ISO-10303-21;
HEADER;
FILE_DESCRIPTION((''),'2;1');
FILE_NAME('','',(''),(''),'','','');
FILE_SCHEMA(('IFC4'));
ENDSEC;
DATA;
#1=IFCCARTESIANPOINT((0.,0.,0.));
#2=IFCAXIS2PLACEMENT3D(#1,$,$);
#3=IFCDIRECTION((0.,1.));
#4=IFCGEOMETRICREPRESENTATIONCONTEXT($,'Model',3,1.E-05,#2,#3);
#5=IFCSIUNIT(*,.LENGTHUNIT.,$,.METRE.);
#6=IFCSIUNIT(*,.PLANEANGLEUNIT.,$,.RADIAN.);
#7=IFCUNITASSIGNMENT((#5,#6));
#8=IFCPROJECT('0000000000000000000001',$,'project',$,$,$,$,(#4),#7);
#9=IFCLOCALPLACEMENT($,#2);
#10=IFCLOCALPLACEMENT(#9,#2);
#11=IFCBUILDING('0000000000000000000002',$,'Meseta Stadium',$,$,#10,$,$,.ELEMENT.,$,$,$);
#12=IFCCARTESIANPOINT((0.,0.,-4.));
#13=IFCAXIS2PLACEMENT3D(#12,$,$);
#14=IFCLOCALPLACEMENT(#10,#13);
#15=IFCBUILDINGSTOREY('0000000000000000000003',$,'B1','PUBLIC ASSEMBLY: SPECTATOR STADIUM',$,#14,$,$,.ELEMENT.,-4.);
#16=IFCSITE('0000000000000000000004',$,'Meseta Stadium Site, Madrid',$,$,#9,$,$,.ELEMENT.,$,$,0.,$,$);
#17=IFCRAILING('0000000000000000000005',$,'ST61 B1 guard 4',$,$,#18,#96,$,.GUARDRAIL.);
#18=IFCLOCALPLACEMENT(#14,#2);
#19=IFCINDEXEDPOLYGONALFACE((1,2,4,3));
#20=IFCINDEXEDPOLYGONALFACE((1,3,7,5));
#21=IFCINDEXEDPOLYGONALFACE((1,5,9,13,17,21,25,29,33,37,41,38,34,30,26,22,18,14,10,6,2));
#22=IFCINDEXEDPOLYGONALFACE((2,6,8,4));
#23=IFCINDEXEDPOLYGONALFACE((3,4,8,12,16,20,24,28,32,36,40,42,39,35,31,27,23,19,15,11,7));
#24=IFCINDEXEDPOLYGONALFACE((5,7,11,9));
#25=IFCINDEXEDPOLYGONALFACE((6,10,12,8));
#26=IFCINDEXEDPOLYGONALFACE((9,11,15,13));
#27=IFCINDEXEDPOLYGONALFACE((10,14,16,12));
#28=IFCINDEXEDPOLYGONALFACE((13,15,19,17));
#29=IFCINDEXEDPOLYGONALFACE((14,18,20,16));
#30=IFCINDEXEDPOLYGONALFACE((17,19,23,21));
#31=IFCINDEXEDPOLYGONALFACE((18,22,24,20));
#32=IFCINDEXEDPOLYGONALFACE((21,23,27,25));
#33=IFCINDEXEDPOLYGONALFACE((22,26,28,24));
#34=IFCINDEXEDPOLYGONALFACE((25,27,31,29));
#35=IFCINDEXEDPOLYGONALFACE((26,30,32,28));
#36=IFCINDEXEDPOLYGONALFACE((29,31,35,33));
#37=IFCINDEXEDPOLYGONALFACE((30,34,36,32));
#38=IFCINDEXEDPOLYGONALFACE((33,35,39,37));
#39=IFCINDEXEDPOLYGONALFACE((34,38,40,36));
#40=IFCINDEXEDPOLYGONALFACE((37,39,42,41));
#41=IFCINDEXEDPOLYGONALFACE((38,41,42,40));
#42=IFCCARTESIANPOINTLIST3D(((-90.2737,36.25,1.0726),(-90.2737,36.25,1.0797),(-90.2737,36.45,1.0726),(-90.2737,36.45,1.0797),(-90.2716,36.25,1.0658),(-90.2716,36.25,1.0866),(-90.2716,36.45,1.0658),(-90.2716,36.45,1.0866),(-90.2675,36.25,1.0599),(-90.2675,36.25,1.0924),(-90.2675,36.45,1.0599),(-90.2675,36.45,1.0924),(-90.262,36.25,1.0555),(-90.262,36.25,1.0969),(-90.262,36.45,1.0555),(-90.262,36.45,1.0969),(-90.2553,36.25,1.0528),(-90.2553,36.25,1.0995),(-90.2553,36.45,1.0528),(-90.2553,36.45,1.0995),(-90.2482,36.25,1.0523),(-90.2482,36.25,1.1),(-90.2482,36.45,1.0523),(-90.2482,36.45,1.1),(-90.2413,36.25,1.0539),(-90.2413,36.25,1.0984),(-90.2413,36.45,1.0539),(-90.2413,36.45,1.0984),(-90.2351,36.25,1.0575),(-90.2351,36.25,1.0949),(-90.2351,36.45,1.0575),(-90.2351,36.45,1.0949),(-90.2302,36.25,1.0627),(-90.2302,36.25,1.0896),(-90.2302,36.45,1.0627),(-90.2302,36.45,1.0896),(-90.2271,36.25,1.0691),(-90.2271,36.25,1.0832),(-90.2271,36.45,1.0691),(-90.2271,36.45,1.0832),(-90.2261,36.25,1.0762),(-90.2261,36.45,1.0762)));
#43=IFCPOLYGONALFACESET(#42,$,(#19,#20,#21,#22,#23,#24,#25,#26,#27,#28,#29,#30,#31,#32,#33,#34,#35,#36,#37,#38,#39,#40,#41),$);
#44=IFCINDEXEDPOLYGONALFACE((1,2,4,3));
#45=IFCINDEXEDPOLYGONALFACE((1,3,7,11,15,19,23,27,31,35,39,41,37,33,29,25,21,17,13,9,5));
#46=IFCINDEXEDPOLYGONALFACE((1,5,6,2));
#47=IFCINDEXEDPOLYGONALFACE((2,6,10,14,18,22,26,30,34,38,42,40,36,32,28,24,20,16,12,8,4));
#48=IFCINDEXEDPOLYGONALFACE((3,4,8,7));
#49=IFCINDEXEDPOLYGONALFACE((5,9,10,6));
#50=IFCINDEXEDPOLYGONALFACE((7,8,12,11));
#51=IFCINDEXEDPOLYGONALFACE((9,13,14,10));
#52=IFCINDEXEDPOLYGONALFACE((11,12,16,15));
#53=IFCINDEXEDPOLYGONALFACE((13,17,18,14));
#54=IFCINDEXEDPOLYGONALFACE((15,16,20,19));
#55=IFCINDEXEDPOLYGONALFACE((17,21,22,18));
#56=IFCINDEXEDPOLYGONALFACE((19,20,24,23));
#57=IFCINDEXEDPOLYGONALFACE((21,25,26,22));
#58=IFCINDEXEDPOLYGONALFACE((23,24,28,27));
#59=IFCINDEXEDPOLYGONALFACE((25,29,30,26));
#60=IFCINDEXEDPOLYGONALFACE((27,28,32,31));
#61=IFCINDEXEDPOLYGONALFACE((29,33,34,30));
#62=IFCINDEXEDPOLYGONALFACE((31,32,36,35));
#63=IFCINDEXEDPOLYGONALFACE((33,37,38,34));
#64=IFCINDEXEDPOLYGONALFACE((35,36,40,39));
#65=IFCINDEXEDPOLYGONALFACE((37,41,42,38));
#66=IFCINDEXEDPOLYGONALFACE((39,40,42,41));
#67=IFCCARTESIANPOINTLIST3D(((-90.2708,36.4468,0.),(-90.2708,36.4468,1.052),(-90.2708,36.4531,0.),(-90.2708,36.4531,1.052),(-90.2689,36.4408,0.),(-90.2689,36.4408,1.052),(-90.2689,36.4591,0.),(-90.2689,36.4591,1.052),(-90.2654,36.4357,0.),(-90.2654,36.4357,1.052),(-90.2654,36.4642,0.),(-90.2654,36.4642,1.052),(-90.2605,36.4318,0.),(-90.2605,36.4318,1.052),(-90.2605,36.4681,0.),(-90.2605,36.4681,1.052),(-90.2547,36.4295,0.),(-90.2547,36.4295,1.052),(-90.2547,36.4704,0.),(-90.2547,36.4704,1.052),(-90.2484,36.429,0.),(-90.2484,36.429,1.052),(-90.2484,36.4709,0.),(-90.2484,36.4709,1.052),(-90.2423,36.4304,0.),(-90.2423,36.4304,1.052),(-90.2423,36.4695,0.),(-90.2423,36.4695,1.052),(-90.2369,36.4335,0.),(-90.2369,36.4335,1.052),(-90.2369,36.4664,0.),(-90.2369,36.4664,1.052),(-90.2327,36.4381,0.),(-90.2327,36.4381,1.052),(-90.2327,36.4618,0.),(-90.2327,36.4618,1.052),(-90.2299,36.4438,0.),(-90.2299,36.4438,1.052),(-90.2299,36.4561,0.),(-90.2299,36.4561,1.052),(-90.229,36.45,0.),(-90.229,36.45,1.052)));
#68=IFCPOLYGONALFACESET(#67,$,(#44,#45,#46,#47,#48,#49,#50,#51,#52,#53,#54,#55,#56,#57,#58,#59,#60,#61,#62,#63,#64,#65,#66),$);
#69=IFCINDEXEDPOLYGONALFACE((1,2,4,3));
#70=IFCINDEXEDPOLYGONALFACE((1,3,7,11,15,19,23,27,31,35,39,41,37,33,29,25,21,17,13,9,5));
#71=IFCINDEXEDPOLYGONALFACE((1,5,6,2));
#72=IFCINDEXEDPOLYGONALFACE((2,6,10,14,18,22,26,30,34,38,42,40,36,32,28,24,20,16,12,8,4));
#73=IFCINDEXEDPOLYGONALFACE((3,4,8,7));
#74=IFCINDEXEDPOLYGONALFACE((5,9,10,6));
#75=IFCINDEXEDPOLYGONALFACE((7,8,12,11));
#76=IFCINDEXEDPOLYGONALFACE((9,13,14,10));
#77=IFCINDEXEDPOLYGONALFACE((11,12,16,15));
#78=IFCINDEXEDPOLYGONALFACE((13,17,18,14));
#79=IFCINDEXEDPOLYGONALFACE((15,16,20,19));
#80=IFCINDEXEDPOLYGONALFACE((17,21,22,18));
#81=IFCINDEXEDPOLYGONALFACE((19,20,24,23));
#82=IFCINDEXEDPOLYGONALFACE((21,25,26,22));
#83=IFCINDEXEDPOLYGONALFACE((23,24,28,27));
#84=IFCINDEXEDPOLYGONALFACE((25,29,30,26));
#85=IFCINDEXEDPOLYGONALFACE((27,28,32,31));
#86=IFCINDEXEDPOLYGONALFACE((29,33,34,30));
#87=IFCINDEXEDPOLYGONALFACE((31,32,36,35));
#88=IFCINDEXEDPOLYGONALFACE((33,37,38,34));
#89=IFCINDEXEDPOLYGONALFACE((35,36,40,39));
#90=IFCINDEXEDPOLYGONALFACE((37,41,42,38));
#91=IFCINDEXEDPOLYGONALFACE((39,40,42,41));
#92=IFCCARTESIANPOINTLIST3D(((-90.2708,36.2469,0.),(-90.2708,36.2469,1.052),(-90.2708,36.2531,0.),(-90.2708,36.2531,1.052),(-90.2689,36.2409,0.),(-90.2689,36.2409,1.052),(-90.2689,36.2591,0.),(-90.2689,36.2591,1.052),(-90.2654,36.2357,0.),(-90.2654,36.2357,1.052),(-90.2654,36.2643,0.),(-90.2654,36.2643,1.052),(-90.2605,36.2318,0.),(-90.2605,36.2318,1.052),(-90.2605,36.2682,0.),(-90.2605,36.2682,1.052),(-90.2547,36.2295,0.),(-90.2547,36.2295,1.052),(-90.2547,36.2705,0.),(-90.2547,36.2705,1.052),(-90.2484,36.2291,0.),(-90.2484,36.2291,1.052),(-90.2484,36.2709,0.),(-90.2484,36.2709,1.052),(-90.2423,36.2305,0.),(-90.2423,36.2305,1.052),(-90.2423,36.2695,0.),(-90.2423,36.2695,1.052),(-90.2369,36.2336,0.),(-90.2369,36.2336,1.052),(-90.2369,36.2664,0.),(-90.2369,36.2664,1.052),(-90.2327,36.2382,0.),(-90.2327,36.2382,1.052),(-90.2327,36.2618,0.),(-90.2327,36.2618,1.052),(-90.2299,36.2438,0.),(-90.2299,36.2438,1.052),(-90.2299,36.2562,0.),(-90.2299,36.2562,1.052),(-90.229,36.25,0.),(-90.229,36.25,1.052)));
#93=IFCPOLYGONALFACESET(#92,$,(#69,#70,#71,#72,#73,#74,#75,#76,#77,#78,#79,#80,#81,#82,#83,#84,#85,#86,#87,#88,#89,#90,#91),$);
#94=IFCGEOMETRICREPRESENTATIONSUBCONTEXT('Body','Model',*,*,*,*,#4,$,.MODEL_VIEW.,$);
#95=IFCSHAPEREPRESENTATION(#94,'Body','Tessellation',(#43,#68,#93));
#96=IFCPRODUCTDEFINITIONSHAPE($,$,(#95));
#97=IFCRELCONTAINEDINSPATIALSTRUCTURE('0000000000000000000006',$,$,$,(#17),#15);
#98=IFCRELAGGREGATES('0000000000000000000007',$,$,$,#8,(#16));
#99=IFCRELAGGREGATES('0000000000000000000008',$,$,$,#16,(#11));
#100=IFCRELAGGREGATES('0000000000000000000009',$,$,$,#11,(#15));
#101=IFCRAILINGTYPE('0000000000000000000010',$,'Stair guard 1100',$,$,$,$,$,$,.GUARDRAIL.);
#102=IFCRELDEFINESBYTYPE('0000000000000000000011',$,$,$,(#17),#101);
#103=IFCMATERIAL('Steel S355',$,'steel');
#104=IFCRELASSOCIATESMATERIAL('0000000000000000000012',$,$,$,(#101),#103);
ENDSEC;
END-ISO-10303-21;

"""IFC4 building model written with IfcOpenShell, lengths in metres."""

from ifc_helpers import new_model, si_unit, direction, frame, origin, origin_2d, place, context, subcontext, project, spatial, circle, extrude, material, type_object, element, save


model = new_model("IFC4")

# Units and contexts
model_context = context("Model", 3, precision=1e-05, world=origin(), true_north=direction((0.0, 1.0)))
body_context = subcontext(model_context, "Body", "Model", "MODEL_VIEW")
ifc_project = project(units=[si_unit("LENGTHUNIT", "METRE"), si_unit("PLANEANGLEUNIT", "RADIAN")], contexts=[model_context])

# Site, building, storey
site_placement = place(None, origin())
site = spatial("IfcSite", under=ifc_project, at=site_placement, Name="Meseta Stadium Site, Madrid", CompositionType="ELEMENT", RefElevation=0.0)
building_placement = place(site_placement, origin())
building = spatial("IfcBuilding", under=site, at=building_placement, Name="Meseta Stadium", CompositionType="ELEMENT")
storey_placement = place(building_placement, frame((0.0, 0.0, -4.0)))
storey = spatial("IfcBuildingStorey", under=building, at=storey_placement, Name="B1", Description="PUBLIC ASSEMBLY: SPECTATOR STADIUM", CompositionType="ELEMENT", Elevation=-4.0)

# Railing
ifc_material_1 = material(Name="Steel S355", Category="steel")
railing_type_1 = type_object("IfcRailingType", Name="Stair guard 1100", PredefinedType="GUARDRAIL", material=ifc_material_1)
railing_1_placement = place(storey_placement, frame((-90.25, 36.45, 0.0)))
element("IfcRailing", 1, at=railing_1_placement, inside=storey, type_object=railing_type_1, Name="ST61 B1 guard 4", PredefinedType="GUARDRAIL", context=body_context, shape_type="SweptSolid", body=[
    extrude(circle(Radius=0.0239, at=origin_2d()), frame((0.0, 0.0, 1.0762), z_axis=(0.0, -1.0, 0.0), x_axis=(1.0, 0.0, 0.0)), (0.0, 0.0, 1.0), 0.2),
    extrude(circle(Radius=0.021, at=origin_2d()), origin(), (0.0, 0.0, 1.0), 1.052),
    extrude(circle(Radius=0.021, at=origin_2d()), frame((0.0, -0.2, 0.0)), (0.0, 0.0, 1.0), 1.052),
])

save(model, "model.ifc")
